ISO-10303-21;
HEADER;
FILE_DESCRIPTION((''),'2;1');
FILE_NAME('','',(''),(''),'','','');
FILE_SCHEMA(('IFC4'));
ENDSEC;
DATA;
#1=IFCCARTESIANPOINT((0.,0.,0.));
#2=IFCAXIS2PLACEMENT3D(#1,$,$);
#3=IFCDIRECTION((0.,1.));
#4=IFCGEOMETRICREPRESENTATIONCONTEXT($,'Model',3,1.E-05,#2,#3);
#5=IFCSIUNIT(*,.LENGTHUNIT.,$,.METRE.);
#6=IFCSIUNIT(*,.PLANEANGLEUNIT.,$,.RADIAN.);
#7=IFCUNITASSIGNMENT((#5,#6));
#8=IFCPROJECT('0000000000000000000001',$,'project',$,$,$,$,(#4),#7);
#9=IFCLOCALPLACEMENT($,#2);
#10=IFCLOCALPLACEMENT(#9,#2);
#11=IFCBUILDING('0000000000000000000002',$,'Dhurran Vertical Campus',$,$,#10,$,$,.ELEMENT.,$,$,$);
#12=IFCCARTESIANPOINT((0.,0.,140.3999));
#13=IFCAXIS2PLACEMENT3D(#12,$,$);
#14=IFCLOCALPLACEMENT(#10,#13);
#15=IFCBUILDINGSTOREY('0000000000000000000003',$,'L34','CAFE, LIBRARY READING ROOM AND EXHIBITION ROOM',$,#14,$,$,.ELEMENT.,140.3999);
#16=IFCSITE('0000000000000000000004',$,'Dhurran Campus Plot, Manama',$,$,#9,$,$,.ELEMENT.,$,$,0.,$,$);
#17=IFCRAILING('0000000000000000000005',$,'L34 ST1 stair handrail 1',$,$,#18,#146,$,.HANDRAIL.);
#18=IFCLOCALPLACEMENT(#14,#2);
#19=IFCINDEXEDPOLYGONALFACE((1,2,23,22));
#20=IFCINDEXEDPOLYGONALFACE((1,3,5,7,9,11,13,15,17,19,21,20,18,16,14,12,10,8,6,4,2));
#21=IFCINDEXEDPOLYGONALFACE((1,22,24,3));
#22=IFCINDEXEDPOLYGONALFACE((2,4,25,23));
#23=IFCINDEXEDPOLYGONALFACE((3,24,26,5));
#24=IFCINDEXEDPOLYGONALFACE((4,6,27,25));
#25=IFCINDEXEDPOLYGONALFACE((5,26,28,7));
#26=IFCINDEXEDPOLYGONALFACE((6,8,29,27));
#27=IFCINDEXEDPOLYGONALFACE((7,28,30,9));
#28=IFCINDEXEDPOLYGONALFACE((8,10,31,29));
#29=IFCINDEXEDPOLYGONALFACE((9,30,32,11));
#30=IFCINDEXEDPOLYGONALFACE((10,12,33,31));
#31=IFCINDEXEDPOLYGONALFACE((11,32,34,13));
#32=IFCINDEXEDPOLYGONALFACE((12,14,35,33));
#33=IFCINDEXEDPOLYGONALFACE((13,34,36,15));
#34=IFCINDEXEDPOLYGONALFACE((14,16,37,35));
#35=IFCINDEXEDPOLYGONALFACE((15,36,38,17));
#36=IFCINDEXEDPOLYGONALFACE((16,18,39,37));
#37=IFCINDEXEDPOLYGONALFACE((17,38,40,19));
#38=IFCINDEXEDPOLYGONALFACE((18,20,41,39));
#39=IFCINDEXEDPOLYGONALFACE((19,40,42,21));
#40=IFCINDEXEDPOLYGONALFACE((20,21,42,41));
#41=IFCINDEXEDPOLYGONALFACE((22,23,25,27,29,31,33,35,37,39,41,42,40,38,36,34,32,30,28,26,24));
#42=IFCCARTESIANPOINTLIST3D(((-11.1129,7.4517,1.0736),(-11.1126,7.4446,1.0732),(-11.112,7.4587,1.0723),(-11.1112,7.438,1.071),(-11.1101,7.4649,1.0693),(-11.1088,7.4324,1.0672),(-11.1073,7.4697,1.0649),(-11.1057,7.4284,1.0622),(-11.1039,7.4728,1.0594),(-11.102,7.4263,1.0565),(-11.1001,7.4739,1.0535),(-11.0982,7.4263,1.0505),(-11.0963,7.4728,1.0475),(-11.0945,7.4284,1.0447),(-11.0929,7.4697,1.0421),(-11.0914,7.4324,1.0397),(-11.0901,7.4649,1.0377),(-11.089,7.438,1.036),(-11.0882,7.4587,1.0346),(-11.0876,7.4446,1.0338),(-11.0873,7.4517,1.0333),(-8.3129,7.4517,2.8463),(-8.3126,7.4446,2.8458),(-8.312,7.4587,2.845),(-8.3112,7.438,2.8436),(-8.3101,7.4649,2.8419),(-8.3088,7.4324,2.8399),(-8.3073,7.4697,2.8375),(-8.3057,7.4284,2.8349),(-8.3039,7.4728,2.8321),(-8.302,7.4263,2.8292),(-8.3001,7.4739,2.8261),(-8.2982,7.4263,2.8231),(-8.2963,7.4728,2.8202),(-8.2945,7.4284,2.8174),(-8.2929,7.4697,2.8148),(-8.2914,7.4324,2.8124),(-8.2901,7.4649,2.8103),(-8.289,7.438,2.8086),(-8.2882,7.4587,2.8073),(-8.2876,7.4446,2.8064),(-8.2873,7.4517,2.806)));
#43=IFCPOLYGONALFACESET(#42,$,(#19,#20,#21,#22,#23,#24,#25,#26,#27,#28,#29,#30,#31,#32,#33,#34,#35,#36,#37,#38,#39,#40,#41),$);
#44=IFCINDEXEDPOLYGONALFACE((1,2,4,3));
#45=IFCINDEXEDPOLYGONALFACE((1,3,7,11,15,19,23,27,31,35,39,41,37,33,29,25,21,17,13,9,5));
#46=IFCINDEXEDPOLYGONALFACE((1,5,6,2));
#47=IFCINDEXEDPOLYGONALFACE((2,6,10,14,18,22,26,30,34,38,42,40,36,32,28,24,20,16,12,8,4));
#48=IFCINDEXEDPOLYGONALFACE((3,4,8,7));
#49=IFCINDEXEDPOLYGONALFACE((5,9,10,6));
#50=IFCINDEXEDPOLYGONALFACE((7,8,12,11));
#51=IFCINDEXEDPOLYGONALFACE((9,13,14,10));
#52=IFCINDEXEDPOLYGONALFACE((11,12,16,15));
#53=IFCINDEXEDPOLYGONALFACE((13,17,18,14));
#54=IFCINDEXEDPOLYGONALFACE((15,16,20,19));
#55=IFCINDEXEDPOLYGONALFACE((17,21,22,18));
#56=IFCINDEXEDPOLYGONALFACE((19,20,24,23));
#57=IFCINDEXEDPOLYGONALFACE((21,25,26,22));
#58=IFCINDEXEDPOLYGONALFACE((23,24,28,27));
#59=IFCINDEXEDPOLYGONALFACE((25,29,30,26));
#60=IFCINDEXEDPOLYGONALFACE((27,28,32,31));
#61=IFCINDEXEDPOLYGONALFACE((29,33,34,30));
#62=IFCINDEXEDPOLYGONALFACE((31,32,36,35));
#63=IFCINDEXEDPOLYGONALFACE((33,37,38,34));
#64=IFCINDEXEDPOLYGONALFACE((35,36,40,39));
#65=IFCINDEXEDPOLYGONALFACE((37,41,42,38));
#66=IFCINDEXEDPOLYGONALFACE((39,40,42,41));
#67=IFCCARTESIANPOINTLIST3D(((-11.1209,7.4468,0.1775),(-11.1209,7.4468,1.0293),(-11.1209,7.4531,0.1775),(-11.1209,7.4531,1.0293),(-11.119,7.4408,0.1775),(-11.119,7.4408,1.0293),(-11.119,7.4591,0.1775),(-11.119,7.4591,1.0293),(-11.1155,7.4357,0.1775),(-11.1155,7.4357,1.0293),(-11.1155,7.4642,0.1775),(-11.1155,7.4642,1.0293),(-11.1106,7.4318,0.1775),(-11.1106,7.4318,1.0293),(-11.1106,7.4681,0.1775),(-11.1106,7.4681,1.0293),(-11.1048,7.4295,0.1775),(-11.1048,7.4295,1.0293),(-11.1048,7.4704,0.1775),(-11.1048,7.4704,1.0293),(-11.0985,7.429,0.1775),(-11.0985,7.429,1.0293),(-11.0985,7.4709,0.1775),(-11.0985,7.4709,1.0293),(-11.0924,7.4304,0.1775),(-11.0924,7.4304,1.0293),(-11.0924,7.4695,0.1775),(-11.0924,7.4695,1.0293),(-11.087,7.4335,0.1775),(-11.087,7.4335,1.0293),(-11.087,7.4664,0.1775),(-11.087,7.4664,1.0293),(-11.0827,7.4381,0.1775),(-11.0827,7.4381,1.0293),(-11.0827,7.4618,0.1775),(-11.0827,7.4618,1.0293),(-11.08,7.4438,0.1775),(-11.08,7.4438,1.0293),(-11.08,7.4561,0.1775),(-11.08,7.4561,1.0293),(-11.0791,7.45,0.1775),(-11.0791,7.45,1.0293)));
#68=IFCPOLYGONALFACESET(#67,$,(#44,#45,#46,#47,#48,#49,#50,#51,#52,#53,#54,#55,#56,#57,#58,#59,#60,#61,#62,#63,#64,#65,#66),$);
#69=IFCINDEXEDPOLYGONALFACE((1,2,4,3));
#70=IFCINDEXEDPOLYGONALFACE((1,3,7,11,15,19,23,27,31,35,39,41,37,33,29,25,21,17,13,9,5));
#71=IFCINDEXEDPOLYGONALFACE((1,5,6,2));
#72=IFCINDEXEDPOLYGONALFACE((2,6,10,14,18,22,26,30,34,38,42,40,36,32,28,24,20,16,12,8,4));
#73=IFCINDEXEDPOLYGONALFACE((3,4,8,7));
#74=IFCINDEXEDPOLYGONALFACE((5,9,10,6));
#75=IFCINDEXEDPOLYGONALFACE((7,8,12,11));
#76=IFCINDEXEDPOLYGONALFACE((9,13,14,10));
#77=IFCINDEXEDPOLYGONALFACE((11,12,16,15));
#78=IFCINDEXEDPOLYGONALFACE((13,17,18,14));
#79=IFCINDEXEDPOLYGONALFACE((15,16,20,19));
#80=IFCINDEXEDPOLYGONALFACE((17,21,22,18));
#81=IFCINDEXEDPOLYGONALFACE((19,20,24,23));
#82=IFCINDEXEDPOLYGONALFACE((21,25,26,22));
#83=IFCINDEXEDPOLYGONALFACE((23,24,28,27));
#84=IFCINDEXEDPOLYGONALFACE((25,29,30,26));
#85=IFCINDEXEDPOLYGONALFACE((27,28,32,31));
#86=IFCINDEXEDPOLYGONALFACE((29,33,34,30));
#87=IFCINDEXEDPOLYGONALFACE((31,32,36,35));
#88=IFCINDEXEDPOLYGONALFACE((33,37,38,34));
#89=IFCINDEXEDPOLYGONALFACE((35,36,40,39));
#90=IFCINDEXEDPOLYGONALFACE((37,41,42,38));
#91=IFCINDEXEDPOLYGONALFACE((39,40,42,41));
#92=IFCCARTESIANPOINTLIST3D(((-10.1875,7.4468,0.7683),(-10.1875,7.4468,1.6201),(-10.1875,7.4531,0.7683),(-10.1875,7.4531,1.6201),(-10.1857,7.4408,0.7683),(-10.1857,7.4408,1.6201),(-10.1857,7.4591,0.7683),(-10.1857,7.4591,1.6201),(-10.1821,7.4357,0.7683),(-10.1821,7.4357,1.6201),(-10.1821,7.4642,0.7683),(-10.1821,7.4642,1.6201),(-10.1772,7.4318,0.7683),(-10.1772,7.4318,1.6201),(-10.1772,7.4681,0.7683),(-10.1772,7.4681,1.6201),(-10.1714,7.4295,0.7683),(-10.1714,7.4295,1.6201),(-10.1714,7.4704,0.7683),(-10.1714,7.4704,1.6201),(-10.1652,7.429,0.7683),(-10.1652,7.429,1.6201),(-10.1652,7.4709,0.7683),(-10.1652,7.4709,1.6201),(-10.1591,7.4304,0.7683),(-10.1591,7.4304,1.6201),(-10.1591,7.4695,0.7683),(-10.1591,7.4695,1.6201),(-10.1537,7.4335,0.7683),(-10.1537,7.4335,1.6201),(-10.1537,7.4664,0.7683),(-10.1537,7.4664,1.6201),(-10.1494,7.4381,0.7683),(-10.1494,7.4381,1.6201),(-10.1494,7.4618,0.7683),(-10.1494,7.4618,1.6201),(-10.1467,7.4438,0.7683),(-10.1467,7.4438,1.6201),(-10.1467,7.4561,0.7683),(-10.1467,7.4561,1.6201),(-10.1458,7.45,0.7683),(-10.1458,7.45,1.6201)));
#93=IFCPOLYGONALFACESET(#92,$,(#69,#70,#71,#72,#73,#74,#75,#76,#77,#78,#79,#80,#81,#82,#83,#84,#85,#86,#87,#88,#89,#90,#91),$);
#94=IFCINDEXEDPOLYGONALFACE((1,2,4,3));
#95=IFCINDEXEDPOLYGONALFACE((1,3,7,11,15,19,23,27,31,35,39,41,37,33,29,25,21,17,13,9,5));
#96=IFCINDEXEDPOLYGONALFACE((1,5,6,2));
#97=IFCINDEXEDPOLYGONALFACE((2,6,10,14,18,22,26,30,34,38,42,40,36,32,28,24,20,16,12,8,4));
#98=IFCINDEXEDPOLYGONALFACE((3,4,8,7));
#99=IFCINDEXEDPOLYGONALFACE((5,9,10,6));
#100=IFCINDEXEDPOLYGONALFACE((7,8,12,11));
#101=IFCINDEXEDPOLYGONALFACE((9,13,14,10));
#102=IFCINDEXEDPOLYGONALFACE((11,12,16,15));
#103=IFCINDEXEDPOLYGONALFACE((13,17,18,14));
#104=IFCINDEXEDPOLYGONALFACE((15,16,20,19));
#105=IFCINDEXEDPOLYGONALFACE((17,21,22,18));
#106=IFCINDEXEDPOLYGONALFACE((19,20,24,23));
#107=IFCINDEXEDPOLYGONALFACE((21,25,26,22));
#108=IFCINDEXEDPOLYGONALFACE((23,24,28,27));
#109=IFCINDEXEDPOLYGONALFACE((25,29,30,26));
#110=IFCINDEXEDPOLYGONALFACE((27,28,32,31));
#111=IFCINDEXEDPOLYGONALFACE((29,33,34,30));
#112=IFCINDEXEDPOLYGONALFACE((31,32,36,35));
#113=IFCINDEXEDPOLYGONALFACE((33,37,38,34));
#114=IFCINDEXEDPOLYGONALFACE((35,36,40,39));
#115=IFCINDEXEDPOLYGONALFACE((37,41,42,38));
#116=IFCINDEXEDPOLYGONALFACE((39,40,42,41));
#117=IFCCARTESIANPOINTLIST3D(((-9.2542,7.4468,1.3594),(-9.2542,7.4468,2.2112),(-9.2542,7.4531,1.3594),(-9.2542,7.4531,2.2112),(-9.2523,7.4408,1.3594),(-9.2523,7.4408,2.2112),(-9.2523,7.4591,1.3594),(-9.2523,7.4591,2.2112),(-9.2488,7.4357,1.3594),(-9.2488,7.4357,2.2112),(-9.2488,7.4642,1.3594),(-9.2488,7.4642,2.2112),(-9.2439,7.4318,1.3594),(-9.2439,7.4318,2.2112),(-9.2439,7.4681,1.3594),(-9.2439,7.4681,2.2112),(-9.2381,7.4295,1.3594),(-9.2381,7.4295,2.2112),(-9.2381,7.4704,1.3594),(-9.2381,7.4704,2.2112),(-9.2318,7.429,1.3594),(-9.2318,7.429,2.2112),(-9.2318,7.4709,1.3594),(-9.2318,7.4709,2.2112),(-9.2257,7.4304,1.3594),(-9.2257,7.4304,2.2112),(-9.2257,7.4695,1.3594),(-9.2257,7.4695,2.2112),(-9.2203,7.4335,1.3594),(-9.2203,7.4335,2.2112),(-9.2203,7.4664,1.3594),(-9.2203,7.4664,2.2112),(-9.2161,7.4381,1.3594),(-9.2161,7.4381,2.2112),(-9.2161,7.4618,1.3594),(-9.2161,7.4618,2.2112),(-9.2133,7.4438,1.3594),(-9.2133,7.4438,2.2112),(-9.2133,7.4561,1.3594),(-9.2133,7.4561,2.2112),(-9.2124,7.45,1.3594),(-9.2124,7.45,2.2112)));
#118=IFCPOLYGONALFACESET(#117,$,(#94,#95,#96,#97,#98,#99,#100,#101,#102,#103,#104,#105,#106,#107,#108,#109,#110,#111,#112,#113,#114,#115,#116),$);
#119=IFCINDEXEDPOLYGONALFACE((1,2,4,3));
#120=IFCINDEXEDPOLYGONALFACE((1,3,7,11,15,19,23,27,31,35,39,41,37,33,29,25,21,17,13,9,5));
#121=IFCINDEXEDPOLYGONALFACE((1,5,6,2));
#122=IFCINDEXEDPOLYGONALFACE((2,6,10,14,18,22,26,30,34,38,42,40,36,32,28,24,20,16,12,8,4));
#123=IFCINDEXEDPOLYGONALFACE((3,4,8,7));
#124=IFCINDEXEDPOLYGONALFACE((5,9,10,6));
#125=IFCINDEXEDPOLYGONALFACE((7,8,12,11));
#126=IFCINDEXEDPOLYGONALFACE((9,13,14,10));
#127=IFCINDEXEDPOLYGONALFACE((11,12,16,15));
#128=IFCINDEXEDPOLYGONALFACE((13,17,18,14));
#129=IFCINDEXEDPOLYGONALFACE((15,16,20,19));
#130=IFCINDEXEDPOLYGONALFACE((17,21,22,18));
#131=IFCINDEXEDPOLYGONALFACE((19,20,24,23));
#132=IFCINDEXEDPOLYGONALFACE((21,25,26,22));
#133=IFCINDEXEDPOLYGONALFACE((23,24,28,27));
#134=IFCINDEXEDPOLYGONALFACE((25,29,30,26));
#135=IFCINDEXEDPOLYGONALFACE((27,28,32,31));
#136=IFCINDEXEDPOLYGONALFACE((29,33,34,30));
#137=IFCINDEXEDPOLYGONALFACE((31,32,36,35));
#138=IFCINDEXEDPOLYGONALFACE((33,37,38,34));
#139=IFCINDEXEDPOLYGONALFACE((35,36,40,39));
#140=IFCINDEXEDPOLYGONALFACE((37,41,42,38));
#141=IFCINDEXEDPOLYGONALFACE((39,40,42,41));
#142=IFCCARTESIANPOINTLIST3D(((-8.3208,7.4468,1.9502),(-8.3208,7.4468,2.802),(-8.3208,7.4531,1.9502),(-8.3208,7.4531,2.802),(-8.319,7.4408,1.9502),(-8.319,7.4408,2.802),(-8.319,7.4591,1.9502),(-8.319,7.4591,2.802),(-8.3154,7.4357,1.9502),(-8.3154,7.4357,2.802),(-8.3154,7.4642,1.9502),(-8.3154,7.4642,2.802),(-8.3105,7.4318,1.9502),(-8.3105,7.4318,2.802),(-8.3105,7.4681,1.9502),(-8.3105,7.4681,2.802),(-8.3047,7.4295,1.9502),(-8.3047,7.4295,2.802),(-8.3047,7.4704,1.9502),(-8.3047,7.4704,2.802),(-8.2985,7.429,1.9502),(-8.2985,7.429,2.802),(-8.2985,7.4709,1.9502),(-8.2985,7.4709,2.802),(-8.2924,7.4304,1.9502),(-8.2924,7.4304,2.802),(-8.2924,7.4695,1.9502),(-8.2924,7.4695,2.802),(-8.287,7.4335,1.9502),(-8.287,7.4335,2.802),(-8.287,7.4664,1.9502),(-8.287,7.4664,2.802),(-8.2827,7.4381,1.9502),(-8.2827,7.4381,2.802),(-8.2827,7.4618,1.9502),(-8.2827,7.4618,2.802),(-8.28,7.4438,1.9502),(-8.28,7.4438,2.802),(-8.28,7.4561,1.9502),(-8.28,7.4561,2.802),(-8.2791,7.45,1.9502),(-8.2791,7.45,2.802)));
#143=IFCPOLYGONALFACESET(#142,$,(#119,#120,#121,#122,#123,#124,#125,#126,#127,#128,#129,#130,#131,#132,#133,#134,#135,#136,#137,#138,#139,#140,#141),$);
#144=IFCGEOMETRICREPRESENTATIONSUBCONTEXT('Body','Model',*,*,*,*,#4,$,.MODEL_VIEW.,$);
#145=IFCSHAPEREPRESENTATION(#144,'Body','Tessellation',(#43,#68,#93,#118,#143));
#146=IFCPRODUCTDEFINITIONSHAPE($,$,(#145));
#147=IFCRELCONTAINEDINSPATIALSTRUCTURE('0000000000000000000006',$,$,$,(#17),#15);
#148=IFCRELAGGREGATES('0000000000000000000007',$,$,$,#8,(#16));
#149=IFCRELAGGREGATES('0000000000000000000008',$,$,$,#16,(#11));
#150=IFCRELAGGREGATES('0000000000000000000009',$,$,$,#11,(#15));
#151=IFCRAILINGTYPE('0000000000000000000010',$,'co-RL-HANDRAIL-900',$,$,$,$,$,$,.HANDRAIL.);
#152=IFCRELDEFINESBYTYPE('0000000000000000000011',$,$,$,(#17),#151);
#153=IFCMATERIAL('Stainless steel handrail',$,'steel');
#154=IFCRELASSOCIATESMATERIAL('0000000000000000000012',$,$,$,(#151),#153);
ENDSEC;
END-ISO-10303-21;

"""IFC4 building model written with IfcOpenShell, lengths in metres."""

from ifc_helpers import new_model, si_unit, direction, frame, origin, origin_2d, place, context, subcontext, project, spatial, circle, extrude, material, type_object, element, save


model = new_model("IFC4")

# Units and contexts
model_context = context("Model", 3, precision=1e-05, world=origin(), true_north=direction((0.0, 1.0)))
body_context = subcontext(model_context, "Body", "Model", "MODEL_VIEW")
ifc_project = project(units=[si_unit("LENGTHUNIT", "METRE"), si_unit("PLANEANGLEUNIT", "RADIAN")], contexts=[model_context])

# Site, building, storey
site_placement = place(None, origin())
site = spatial("IfcSite", under=ifc_project, at=site_placement, Name="Dhurran Campus Plot, Manama", CompositionType="ELEMENT", RefElevation=0.0)
building_placement = place(site_placement, origin())
building = spatial("IfcBuilding", under=site, at=building_placement, Name="Dhurran Vertical Campus", CompositionType="ELEMENT")
storey_placement = place(building_placement, frame((0.0, 0.0, 140.3999)))
storey = spatial("IfcBuildingStorey", under=building, at=storey_placement, Name="L34", Description="CAFE, LIBRARY READING ROOM AND EXHIBITION ROOM", CompositionType="ELEMENT", Elevation=140.3999)

# Railing
ifc_material_1 = material(Name="Stainless steel handrail", Category="steel")
railing_type_1 = type_object("IfcRailingType", Name="co-RL-HANDRAIL-900", PredefinedType="HANDRAIL", material=ifc_material_1)
railing_1_placement = place(storey_placement, frame((-11.1001, 7.45, 0.1775)))
element("IfcRailing", 1, at=railing_1_placement, inside=storey, type_object=railing_type_1, Name="L34 ST1 stair handrail 1", PredefinedType="HANDRAIL", context=body_context, shape_type="SweptSolid", body=[
    extrude(circle(Radius=0.0239, at=origin_2d()), frame((0.0, 0.0, 0.876), z_axis=(0.844909, 0.0, 0.53491), x_axis=(0.0, 1.0, 0.0)), (0.0, 0.0, 1.0), 3.314),
    extrude(circle(Radius=0.021, at=origin_2d()), origin(), (0.0, 0.0, 1.0), 0.8518),
    extrude(circle(Radius=0.021, at=origin_2d()), frame((0.9333, 0.0, 0.5908)), (0.0, 0.0, 1.0), 0.8518),
    extrude(circle(Radius=0.021, at=origin_2d()), frame((1.8667, 0.0, 1.1819)), (0.0, 0.0, 1.0), 0.8518),
    extrude(circle(Radius=0.021, at=origin_2d()), frame((2.8, 0.0, 1.7727)), (0.0, 0.0, 1.0), 0.8518),
])

save(model, "model.ifc")
